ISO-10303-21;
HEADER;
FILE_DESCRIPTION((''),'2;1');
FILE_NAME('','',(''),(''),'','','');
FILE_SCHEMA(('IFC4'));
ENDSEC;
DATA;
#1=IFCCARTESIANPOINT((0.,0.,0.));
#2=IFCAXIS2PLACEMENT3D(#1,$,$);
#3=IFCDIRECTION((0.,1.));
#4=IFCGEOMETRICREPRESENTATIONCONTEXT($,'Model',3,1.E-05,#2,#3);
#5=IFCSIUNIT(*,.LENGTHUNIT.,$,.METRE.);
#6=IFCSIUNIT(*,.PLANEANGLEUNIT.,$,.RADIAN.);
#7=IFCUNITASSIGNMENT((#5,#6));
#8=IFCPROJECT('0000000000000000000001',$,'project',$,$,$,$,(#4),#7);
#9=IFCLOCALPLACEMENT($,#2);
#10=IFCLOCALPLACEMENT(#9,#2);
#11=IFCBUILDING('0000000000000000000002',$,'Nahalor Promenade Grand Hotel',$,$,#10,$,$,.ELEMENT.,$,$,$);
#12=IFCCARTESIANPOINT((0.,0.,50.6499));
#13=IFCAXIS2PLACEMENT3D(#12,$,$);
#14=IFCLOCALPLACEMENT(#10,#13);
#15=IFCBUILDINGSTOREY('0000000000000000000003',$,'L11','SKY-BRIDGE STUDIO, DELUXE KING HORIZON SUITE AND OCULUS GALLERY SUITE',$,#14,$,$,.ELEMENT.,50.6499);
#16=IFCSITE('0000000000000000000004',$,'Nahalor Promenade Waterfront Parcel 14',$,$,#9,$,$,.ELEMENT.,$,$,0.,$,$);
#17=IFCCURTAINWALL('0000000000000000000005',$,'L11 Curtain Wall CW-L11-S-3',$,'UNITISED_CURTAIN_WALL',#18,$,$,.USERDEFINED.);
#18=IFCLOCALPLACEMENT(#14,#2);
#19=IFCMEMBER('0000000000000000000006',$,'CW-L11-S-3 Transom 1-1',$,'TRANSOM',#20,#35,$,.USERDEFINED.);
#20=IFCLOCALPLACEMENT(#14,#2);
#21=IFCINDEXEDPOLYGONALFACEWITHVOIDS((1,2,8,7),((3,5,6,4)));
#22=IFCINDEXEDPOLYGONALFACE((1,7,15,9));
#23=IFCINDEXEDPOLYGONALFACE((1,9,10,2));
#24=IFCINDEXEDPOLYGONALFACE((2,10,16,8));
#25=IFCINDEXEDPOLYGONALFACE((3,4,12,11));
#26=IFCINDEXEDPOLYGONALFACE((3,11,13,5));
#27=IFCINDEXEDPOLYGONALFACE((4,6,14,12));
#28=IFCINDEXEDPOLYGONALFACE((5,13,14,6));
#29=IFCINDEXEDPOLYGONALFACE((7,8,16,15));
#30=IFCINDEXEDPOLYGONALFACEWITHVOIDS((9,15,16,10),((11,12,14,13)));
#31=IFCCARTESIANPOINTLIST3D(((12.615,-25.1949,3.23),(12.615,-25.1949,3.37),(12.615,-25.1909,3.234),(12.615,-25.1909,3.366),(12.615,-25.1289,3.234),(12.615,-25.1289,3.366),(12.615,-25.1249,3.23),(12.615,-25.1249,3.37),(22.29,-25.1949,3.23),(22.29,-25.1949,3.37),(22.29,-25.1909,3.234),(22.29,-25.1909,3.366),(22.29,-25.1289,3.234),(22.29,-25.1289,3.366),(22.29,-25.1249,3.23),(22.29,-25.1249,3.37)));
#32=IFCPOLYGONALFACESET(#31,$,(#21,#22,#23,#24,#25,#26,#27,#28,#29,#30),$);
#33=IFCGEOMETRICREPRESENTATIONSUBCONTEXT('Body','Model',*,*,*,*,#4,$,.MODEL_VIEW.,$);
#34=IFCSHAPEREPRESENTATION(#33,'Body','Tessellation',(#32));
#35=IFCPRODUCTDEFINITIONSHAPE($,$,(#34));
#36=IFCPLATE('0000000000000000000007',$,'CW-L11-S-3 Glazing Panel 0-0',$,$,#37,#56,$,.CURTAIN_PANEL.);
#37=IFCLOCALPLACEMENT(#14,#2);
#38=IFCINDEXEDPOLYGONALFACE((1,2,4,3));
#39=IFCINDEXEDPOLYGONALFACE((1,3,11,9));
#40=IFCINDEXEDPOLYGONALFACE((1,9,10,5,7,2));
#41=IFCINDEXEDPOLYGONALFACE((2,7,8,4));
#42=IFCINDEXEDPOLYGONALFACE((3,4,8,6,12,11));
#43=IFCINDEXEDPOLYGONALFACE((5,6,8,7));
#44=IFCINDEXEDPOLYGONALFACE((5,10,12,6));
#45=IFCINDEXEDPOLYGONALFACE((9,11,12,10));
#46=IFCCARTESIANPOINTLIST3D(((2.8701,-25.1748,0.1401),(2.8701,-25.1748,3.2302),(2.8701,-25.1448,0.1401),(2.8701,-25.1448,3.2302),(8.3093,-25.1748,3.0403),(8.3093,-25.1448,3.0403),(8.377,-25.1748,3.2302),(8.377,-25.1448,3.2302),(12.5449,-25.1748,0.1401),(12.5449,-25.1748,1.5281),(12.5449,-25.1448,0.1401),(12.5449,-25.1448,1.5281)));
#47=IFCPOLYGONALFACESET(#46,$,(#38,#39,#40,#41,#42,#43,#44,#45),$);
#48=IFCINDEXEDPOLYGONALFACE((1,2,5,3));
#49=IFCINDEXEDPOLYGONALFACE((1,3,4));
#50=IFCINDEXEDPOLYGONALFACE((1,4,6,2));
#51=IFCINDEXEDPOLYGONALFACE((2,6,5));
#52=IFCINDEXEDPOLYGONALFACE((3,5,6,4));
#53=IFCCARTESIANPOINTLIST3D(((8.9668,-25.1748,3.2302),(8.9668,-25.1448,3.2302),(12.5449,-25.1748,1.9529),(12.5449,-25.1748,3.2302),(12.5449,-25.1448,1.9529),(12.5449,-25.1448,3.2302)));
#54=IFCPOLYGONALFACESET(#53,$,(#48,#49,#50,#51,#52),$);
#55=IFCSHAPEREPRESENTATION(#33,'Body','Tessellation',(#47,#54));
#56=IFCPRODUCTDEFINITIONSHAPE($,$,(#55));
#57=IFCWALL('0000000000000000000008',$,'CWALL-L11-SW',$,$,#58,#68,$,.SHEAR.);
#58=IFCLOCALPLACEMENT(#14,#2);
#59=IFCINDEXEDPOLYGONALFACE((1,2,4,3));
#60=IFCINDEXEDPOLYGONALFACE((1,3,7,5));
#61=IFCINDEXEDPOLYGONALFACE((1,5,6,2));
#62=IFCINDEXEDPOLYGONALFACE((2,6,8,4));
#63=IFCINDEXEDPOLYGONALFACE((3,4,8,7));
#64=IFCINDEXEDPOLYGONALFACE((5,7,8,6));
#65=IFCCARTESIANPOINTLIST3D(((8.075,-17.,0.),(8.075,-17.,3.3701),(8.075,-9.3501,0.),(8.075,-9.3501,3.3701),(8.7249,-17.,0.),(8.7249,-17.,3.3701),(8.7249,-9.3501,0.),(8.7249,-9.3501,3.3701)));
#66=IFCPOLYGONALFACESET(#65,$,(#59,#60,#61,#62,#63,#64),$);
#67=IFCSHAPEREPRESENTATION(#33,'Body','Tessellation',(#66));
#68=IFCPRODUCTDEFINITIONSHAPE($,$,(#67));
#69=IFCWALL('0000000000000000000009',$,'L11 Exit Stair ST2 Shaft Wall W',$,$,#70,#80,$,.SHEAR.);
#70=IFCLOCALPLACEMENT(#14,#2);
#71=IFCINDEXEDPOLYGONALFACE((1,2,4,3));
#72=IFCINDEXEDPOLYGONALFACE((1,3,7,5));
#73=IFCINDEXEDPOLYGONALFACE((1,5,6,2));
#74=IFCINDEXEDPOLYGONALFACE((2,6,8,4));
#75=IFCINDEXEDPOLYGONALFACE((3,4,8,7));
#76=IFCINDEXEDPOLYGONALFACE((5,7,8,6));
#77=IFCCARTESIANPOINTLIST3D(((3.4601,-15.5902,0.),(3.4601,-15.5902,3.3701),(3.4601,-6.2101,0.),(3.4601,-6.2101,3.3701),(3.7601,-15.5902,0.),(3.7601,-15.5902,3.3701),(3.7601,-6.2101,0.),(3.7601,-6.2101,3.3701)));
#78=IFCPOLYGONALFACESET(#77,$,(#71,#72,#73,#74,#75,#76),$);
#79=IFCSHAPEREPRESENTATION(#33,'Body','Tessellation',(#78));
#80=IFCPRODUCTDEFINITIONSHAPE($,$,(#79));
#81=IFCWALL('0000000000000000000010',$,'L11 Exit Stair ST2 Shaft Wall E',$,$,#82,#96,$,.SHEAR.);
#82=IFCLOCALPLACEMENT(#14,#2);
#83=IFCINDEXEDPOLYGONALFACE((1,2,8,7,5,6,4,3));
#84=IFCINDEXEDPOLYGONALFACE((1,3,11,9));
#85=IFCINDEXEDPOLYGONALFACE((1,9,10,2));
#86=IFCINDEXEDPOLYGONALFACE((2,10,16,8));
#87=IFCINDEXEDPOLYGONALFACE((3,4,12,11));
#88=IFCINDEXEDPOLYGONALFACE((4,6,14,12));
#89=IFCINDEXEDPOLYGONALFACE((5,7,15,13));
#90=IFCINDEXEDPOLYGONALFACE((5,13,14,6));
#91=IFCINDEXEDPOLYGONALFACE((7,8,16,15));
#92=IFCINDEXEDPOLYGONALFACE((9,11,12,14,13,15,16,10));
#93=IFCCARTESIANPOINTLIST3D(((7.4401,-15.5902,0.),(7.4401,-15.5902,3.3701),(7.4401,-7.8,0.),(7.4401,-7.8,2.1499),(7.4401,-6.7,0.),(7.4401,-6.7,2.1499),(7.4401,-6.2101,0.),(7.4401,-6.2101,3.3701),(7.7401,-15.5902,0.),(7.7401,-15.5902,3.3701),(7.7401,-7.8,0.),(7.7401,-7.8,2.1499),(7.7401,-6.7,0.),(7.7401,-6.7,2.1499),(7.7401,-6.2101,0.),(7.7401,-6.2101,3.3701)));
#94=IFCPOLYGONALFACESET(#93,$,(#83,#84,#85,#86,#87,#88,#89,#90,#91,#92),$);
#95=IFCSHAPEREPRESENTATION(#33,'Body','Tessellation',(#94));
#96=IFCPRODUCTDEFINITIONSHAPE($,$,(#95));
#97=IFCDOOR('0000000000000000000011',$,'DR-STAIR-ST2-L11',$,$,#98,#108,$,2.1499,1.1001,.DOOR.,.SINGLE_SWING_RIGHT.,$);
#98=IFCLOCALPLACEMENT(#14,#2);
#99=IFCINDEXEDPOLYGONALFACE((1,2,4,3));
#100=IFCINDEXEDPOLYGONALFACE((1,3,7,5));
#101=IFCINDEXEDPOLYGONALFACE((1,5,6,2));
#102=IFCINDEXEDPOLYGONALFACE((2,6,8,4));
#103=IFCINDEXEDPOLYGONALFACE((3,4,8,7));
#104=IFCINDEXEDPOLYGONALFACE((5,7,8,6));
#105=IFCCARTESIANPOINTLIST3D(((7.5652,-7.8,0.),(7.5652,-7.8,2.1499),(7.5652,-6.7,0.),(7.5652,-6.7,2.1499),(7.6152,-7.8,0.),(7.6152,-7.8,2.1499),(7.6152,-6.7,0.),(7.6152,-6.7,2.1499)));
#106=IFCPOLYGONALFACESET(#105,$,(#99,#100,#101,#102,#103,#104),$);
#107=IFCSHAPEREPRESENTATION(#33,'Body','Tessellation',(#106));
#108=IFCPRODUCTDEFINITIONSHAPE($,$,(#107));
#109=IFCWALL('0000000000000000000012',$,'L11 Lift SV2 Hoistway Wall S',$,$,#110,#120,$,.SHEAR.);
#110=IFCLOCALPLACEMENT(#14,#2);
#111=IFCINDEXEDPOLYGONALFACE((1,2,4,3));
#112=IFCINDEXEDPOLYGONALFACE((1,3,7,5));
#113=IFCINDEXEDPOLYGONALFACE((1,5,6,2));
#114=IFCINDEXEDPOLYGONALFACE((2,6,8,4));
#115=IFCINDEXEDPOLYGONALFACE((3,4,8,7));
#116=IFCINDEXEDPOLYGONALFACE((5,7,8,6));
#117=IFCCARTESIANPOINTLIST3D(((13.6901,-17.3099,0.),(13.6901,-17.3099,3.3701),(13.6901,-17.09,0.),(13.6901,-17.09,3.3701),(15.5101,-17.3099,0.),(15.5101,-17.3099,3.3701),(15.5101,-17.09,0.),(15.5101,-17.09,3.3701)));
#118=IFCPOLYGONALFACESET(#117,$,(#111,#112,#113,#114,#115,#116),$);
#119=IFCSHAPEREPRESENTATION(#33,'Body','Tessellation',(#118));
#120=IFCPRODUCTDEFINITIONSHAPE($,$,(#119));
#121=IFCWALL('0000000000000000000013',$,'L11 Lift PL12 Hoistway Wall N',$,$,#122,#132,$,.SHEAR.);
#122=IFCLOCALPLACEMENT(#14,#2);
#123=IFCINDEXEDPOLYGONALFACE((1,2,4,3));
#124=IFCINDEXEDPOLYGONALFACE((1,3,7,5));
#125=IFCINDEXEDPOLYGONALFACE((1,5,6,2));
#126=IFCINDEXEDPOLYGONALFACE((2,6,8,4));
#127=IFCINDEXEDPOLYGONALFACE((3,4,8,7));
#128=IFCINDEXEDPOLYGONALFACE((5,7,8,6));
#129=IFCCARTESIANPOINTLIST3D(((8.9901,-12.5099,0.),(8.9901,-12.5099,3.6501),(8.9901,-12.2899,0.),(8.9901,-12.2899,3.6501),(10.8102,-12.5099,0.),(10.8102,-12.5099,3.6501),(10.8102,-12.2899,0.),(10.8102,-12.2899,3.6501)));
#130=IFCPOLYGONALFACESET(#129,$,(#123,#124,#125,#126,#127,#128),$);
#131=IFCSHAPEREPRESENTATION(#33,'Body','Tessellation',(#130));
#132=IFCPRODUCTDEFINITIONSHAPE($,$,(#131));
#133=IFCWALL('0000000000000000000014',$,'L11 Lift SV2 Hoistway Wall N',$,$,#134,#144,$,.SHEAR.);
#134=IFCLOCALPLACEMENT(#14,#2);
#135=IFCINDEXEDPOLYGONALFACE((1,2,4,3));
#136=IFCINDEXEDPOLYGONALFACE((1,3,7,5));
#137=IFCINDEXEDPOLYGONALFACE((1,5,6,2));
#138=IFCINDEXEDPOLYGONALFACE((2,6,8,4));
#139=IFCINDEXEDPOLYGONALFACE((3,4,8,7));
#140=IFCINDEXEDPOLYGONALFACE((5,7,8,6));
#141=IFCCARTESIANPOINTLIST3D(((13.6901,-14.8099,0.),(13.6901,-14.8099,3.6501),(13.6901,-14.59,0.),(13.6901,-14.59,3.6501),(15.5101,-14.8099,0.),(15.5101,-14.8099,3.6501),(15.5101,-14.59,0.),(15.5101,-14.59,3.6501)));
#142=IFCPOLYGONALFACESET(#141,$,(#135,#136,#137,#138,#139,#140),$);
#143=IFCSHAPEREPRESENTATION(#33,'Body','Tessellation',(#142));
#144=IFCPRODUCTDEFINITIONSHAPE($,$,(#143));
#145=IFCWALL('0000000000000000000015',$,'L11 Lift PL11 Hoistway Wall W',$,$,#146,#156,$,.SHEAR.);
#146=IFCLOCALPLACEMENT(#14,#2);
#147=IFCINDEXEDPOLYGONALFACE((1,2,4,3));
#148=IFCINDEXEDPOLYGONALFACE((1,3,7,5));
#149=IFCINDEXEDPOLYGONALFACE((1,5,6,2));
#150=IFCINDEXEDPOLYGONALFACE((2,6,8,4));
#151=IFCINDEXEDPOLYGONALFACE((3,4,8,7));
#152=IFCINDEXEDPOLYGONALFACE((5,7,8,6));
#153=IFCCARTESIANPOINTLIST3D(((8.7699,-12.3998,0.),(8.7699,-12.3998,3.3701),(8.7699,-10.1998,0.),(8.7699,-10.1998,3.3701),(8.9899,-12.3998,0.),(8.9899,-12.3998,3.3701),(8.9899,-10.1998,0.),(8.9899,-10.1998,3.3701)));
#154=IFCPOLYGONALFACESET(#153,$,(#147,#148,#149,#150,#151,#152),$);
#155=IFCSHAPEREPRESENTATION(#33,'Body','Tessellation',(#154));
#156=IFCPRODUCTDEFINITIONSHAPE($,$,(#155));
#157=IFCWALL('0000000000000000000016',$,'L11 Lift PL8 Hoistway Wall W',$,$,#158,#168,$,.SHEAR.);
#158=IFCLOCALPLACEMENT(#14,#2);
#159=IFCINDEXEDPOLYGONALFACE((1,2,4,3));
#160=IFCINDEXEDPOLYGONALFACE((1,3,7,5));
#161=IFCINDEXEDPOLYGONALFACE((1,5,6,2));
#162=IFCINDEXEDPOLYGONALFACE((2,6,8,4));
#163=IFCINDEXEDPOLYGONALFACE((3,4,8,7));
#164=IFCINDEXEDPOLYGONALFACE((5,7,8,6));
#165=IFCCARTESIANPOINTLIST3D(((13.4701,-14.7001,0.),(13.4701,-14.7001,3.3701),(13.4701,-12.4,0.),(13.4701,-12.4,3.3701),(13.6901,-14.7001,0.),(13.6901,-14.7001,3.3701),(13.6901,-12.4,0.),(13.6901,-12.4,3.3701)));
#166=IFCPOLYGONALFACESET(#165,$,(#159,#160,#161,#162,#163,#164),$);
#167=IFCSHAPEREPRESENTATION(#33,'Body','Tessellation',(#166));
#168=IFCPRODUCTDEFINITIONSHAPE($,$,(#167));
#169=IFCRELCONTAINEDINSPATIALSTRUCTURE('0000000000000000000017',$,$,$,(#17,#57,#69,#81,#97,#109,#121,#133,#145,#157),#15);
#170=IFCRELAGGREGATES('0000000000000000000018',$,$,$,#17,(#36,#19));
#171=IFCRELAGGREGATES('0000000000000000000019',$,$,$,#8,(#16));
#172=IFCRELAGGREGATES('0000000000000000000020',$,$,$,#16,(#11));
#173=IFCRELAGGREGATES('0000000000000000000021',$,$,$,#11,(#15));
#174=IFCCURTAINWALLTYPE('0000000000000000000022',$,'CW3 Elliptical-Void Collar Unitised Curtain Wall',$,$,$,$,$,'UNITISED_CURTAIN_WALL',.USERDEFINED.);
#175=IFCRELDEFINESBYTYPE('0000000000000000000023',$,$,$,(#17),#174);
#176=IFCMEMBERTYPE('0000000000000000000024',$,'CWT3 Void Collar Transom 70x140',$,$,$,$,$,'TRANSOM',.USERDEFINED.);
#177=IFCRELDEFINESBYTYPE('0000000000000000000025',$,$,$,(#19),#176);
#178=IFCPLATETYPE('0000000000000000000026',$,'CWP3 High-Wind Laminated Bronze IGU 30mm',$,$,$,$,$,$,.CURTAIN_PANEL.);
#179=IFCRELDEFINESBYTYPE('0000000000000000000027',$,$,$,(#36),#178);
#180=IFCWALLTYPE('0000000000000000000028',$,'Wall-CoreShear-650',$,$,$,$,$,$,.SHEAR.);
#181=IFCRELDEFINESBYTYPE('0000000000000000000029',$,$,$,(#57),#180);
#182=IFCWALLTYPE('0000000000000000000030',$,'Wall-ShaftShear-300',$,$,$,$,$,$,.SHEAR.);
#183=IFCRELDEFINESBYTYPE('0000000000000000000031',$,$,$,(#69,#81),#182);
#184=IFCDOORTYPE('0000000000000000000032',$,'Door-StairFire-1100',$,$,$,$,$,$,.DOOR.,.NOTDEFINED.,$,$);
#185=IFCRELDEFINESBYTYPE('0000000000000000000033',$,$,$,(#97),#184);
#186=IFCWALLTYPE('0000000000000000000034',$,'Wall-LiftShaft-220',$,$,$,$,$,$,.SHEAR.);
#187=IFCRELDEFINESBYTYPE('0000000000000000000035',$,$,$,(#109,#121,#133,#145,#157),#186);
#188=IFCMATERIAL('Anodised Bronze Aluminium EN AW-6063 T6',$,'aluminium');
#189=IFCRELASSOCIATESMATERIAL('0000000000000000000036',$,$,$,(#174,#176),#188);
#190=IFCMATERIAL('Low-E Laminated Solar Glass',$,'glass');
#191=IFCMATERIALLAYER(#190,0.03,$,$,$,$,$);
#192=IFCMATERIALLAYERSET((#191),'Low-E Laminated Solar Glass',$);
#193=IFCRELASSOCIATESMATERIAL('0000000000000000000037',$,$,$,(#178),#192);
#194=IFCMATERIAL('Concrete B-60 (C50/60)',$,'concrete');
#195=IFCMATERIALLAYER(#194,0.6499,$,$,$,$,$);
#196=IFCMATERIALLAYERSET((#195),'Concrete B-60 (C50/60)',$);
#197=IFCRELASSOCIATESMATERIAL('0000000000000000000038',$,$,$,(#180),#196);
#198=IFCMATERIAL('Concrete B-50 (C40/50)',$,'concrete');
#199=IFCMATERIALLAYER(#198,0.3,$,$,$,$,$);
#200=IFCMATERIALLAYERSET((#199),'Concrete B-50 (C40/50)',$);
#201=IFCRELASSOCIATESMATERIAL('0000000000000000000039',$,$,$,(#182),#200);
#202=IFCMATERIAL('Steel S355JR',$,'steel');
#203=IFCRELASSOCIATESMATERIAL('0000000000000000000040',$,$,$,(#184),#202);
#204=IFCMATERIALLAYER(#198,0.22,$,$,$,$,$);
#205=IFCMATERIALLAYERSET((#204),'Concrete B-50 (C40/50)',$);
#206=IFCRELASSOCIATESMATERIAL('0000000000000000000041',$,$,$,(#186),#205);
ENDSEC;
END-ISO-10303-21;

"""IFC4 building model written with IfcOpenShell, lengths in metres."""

from ifc_helpers import new_model, si_unit, direction, frame, frame_2d, origin, origin_2d, place, context, subcontext, project, spatial, polyline, rectangle, hollow_rectangle, outline, extrude, source, transform, mapped, material, layer, layer_set, material_profile, profile_set, type_object, element, fill, aggregate, save


model = new_model("IFC4")

# Units and contexts
model_context = context("Model", 3, precision=1e-05, world=origin(), true_north=direction((0.0, 1.0)))
body_context = subcontext(model_context, "Body", "Model", "MODEL_VIEW")
ifc_project = project(units=[si_unit("LENGTHUNIT", "METRE"), si_unit("PLANEANGLEUNIT", "RADIAN")], contexts=[model_context])

# Site, building, storey
site_placement = place(None, origin())
site = spatial("IfcSite", under=ifc_project, at=site_placement, Name="Nahalor Promenade Waterfront Parcel 14", CompositionType="ELEMENT", RefElevation=0.0)
building_placement = place(site_placement, origin())
building = spatial("IfcBuilding", under=site, at=building_placement, Name="Nahalor Promenade Grand Hotel", CompositionType="ELEMENT")
storey_placement = place(building_placement, frame((0.0, 0.0, 50.6499)))
storey = spatial("IfcBuildingStorey", under=building, at=storey_placement, Name="L11", Description="SKY-BRIDGE STUDIO, DELUXE KING HORIZON SUITE AND OCULUS GALLERY SUITE", CompositionType="ELEMENT", Elevation=50.6499)

# Shared definitions
ifc_material_1 = material(Name="Steel S355JR", Category="steel")

# Curtain wall, member, plate
ifc_material_2 = material(Name="Anodised Bronze Aluminium EN AW-6063 T6", Category="aluminium")
curtain_wall_type = type_object("IfcCurtainWallType", Name="CW3 Elliptical-Void Collar Unitised Curtain Wall", ElementType="UNITISED_CURTAIN_WALL", PredefinedType="USERDEFINED", material=ifc_material_2)
curtain_wall_placement = place(storey_placement, origin())
curtain_wall = element("IfcCurtainWall", 1, at=curtain_wall_placement, inside=storey, type_object=curtain_wall_type, Name="L11 Curtain Wall CW-L11-S-3", ObjectType="UNITISED_CURTAIN_WALL", PredefinedType="USERDEFINED")
ifc_material_profile_1 = material_profile(ifc_material_2, hollow_rectangle(XDim=0.07, YDim=0.14, WallThickness=0.004, at=origin_2d()), Name="CWT 70x140x4")
ifc_profile_set_1 = profile_set([ifc_material_profile_1], Name="Anodised Bronze Aluminium EN AW-6063 T6")
member_type_1 = type_object("IfcMemberType", Name="CWT3 Void Collar Transom 70x140", ElementType="TRANSOM", PredefinedType="USERDEFINED", material=ifc_profile_set_1)
shared_shape_1 = source(origin(), body_context, "Body", "SweptSolid", [
    extrude(hollow_rectangle(XDim=0.07, YDim=0.14, WallThickness=0.004, at=origin_2d()), origin(), (0.0, 0.0, 1.0), 9.675),
])
member_1_placement = place(storey_placement, frame((12.615, -25.1599, 3.3), z_axis=(1.0, 0.0, 0.0), x_axis=(0.0, 1.0, 0.0)))
member_1 = element("IfcMember", 2, at=member_1_placement, type_object=member_type_1, Name="CW-L11-S-3 Transom 1-1", ObjectType="TRANSOM", PredefinedType="USERDEFINED", context=body_context, shape_type="MappedRepresentation", body=[
    mapped(shared_shape_1, transform((0.0, 0.0, 0.0), scale=1.0)),
])
ifc_material_3 = material(Name="Low-E Laminated Solar Glass", Category="glass")
ifc_layer_1 = layer(ifc_material_3, 0.03)
ifc_layer_set_1 = layer_set([ifc_layer_1], Name="Low-E Laminated Solar Glass")
plate_type = type_object("IfcPlateType", Name="CWP3 High-Wind Laminated Bronze IGU 30mm", PredefinedType="CURTAIN_PANEL", material=ifc_layer_set_1)
plate_placement = place(storey_placement, frame((7.7075, -25.1599, 0.1401), z_axis=(0.0, 0.0, 1.0), x_axis=(1.0, 0.0, 0.0)))
plate = element("IfcPlate", 3, at=plate_placement, type_object=plate_type, Name="CW-L11-S-3 Glazing Panel 0-0", PredefinedType="CURTAIN_PANEL", context=body_context, shape_type="SweptSolid", body=[
    extrude(outline(polyline([(-4.8374, 0.0), (4.8374, 0.0), (4.8374, 1.3879), (0.6018, 2.9001), (0.6694, 3.0901), (-4.8374, 3.0901), (-4.8374, 0.0)])), frame((0.0, 0.0151, 0.0), z_axis=(0.0, -1.0, 0.0), x_axis=(1.0, 0.0, 0.0)), (0.0, 0.0, 1.0), 0.03),
    extrude(outline(polyline([(4.8374, 1.8127), (4.8374, 3.0901), (1.2593, 3.0901), (4.8374, 1.8127)])), frame((0.0, 0.0151, 0.0), z_axis=(0.0, -1.0, 0.0), x_axis=(1.0, 0.0, 0.0)), (0.0, 0.0, 1.0), 0.03),
])
aggregate(curtain_wall, [plate, member_1])

# Walls
ifc_material_4 = material(Name="Concrete B-60 (C50/60)", Category="concrete")
ifc_layer_2 = layer(ifc_material_4, 0.6499)
ifc_layer_set_2 = layer_set([ifc_layer_2], Name="Concrete B-60 (C50/60)")
wall_type_1 = type_object("IfcWallType", Name="Wall-CoreShear-650", PredefinedType="SHEAR", material=ifc_layer_set_2)
shared_shape_2 = source(origin(), body_context, "Body", "SweptSolid", [
    extrude(rectangle(XDim=7.6499, YDim=0.6499, at=frame_2d((3.825, 0.0))), origin(), (0.0, 0.0, 1.0), 3.3701),
])
wall_1_placement = place(storey_placement, frame((8.3999, -17.0, 0.0), z_axis=(0.0, 0.0, 1.0), x_axis=(0.0, 1.0, 0.0)))
element("IfcWall", 4, at=wall_1_placement, inside=storey, type_object=wall_type_1, Name="CWALL-L11-SW", PredefinedType="SHEAR", context=body_context, shape_type="MappedRepresentation", body=[
    mapped(shared_shape_2, transform((0.0, 0.0, 0.0), scale=1.0)),
])
ifc_material_5 = material(Name="Concrete B-50 (C40/50)", Category="concrete")
ifc_layer_3 = layer(ifc_material_5, 0.3)
ifc_layer_set_3 = layer_set([ifc_layer_3], Name="Concrete B-50 (C40/50)")
wall_type_2 = type_object("IfcWallType", Name="Wall-ShaftShear-300", PredefinedType="SHEAR", material=ifc_layer_set_3)
shared_shape_3 = source(origin(), body_context, "Body", "SweptSolid", [
    extrude(rectangle(XDim=9.3801, YDim=0.3, at=frame_2d((4.6899, 0.0))), origin(), (0.0, 0.0, 1.0), 3.3701),
])
wall_2_placement = place(storey_placement, frame((3.6101, -15.5901, 0.0), z_axis=(0.0, 0.0, 1.0), x_axis=(0.0, 1.0, 0.0)))
element("IfcWall", 5, at=wall_2_placement, inside=storey, type_object=wall_type_2, Name="L11 Exit Stair ST2 Shaft Wall W", PredefinedType="SHEAR", context=body_context, shape_type="MappedRepresentation", body=[
    mapped(shared_shape_3, transform((0.0, 0.0, 0.0), scale=1.0)),
])

# Wall, opening, door
wall_3_placement = place(storey_placement, frame((7.5901, -15.5901, 0.0), z_axis=(0.0, 0.0, 1.0), x_axis=(0.0, 1.0, 0.0)))
wall_3 = element("IfcWall", 6, at=wall_3_placement, inside=storey, type_object=wall_type_2, Name="L11 Exit Stair ST2 Shaft Wall E", PredefinedType="SHEAR", context=body_context, shape_type="MappedRepresentation", body=[
    mapped(shared_shape_3, transform((0.0, 0.0, 0.0), scale=1.0)),
])
opening_1_placement = place(wall_3_placement, frame((7.79, 0.0, 0.0)))
opening_1 = element("IfcOpeningElement", 7, at=opening_1_placement, cuts=wall_3, PredefinedType="OPENING", context=body_context, shape_type="SweptSolid", body=[
    extrude(rectangle(XDim=1.1001, YDim=2.1499, at=frame_2d((0.55, 1.075))), frame((0.0, 0.1599, 0.0), z_axis=(0.0, -1.0, 0.0), x_axis=(1.0, 0.0, 0.0)), (0.0, 0.0, 1.0), 0.3201),
])
door_type_1 = type_object("IfcDoorType", Name="Door-StairFire-1100", OperationType="NOTDEFINED", PredefinedType="DOOR", material=ifc_material_1)
shared_shape_4 = source(origin(), body_context, "Body", "SweptSolid", [
    extrude(rectangle(XDim=1.1001, YDim=2.1499, at=frame_2d((0.55, 1.075))), frame((0.0, 0.0249, 0.0), z_axis=(0.0, -1.0, 0.0), x_axis=(1.0, 0.0, 0.0)), (0.0, 0.0, 1.0), 0.05),
])
door_1_placement = place(opening_1_placement, origin())
door_1 = element("IfcDoor", 8, at=door_1_placement, inside=storey, type_object=door_type_1, Name="DR-STAIR-ST2-L11", OperationType="SINGLE_SWING_RIGHT", OverallHeight=2.1499, OverallWidth=1.1001, PredefinedType="DOOR", context=body_context, shape_type="MappedRepresentation", body=[
    mapped(shared_shape_4, transform((0.0, 0.0, 0.0), scale=1.0)),
])
fill(opening_1, door_1)

# Walls
ifc_layer_4 = layer(ifc_material_5, 0.22)
ifc_layer_set_4 = layer_set([ifc_layer_4], Name="Concrete B-50 (C40/50)")
wall_type_3 = type_object("IfcWallType", Name="Wall-LiftShaft-220", PredefinedType="SHEAR", material=ifc_layer_set_4)
shared_shape_5 = source(origin(), body_context, "Body", "SweptSolid", [
    extrude(rectangle(XDim=1.8201, YDim=0.22, at=frame_2d((0.9102, 0.0))), origin(), (0.0, 0.0, 1.0), 3.3701),
])
wall_4_placement = place(storey_placement, frame((13.6899, -17.2, 0.0), z_axis=(0.0, 0.0, 1.0), x_axis=(1.0, 0.0, 0.0)))
element("IfcWall", 9, at=wall_4_placement, inside=storey, type_object=wall_type_3, Name="L11 Lift SV2 Hoistway Wall S", PredefinedType="SHEAR", context=body_context, shape_type="MappedRepresentation", body=[
    mapped(shared_shape_5, transform((0.0, 0.0, 0.0), scale=1.0)),
])
shared_shape_6 = source(origin(), body_context, "Body", "SweptSolid", [
    extrude(rectangle(XDim=1.8201, YDim=0.22, at=frame_2d((0.9102, 0.0))), origin(), (0.0, 0.0, 1.0), 3.6501),
])
for number, where, z_axis, x_axis, name in (
    (10, (8.99, -12.3999, 0.0), (0.0, 0.0, 1.0), (1.0, 0.0, 0.0), "L11 Lift PL12 Hoistway Wall N"),
    (11, (13.6899, -14.7, 0.0), (0.0, 0.0, 1.0), (1.0, 0.0, 0.0), "L11 Lift SV2 Hoistway Wall N"),
):
    element("IfcWall", number, at=place(storey_placement, frame(where, z_axis=z_axis, x_axis=x_axis)), inside=storey, type_object=wall_type_3, Name=name, PredefinedType="SHEAR", context=body_context, shape_type="MappedRepresentation", body=[
        mapped(shared_shape_6, transform((0.0, 0.0, 0.0), scale=1.0)),
    ])
shared_shape_7 = source(origin(), body_context, "Body", "SweptSolid", [
    extrude(rectangle(XDim=2.2, YDim=0.22, at=frame_2d((1.1001, 0.0))), origin(), (0.0, 0.0, 1.0), 3.3701),
])
wall_5_placement = place(storey_placement, frame((8.8799, -12.3999, 0.0), z_axis=(0.0, 0.0, 1.0), x_axis=(0.0, 1.0, 0.0)))
element("IfcWall", 12, at=wall_5_placement, inside=storey, type_object=wall_type_3, Name="L11 Lift PL11 Hoistway Wall W", PredefinedType="SHEAR", context=body_context, shape_type="MappedRepresentation", body=[
    mapped(shared_shape_7, transform((0.0, 0.0, 0.0), scale=1.0)),
])
shared_shape_8 = source(origin(), body_context, "Body", "SweptSolid", [
    extrude(rectangle(XDim=2.3, YDim=0.22, at=frame_2d((1.1499, 0.0))), origin(), (0.0, 0.0, 1.0), 3.3701),
])
wall_6_placement = place(storey_placement, frame((13.5801, -14.7, 0.0), z_axis=(0.0, 0.0, 1.0), x_axis=(0.0, 1.0, 0.0)))
element("IfcWall", 13, at=wall_6_placement, inside=storey, type_object=wall_type_3, Name="L11 Lift PL8 Hoistway Wall W", PredefinedType="SHEAR", context=body_context, shape_type="MappedRepresentation", body=[
    mapped(shared_shape_8, transform((0.0, 0.0, 0.0), scale=1.0)),
])

save(model, "model.ifc")
